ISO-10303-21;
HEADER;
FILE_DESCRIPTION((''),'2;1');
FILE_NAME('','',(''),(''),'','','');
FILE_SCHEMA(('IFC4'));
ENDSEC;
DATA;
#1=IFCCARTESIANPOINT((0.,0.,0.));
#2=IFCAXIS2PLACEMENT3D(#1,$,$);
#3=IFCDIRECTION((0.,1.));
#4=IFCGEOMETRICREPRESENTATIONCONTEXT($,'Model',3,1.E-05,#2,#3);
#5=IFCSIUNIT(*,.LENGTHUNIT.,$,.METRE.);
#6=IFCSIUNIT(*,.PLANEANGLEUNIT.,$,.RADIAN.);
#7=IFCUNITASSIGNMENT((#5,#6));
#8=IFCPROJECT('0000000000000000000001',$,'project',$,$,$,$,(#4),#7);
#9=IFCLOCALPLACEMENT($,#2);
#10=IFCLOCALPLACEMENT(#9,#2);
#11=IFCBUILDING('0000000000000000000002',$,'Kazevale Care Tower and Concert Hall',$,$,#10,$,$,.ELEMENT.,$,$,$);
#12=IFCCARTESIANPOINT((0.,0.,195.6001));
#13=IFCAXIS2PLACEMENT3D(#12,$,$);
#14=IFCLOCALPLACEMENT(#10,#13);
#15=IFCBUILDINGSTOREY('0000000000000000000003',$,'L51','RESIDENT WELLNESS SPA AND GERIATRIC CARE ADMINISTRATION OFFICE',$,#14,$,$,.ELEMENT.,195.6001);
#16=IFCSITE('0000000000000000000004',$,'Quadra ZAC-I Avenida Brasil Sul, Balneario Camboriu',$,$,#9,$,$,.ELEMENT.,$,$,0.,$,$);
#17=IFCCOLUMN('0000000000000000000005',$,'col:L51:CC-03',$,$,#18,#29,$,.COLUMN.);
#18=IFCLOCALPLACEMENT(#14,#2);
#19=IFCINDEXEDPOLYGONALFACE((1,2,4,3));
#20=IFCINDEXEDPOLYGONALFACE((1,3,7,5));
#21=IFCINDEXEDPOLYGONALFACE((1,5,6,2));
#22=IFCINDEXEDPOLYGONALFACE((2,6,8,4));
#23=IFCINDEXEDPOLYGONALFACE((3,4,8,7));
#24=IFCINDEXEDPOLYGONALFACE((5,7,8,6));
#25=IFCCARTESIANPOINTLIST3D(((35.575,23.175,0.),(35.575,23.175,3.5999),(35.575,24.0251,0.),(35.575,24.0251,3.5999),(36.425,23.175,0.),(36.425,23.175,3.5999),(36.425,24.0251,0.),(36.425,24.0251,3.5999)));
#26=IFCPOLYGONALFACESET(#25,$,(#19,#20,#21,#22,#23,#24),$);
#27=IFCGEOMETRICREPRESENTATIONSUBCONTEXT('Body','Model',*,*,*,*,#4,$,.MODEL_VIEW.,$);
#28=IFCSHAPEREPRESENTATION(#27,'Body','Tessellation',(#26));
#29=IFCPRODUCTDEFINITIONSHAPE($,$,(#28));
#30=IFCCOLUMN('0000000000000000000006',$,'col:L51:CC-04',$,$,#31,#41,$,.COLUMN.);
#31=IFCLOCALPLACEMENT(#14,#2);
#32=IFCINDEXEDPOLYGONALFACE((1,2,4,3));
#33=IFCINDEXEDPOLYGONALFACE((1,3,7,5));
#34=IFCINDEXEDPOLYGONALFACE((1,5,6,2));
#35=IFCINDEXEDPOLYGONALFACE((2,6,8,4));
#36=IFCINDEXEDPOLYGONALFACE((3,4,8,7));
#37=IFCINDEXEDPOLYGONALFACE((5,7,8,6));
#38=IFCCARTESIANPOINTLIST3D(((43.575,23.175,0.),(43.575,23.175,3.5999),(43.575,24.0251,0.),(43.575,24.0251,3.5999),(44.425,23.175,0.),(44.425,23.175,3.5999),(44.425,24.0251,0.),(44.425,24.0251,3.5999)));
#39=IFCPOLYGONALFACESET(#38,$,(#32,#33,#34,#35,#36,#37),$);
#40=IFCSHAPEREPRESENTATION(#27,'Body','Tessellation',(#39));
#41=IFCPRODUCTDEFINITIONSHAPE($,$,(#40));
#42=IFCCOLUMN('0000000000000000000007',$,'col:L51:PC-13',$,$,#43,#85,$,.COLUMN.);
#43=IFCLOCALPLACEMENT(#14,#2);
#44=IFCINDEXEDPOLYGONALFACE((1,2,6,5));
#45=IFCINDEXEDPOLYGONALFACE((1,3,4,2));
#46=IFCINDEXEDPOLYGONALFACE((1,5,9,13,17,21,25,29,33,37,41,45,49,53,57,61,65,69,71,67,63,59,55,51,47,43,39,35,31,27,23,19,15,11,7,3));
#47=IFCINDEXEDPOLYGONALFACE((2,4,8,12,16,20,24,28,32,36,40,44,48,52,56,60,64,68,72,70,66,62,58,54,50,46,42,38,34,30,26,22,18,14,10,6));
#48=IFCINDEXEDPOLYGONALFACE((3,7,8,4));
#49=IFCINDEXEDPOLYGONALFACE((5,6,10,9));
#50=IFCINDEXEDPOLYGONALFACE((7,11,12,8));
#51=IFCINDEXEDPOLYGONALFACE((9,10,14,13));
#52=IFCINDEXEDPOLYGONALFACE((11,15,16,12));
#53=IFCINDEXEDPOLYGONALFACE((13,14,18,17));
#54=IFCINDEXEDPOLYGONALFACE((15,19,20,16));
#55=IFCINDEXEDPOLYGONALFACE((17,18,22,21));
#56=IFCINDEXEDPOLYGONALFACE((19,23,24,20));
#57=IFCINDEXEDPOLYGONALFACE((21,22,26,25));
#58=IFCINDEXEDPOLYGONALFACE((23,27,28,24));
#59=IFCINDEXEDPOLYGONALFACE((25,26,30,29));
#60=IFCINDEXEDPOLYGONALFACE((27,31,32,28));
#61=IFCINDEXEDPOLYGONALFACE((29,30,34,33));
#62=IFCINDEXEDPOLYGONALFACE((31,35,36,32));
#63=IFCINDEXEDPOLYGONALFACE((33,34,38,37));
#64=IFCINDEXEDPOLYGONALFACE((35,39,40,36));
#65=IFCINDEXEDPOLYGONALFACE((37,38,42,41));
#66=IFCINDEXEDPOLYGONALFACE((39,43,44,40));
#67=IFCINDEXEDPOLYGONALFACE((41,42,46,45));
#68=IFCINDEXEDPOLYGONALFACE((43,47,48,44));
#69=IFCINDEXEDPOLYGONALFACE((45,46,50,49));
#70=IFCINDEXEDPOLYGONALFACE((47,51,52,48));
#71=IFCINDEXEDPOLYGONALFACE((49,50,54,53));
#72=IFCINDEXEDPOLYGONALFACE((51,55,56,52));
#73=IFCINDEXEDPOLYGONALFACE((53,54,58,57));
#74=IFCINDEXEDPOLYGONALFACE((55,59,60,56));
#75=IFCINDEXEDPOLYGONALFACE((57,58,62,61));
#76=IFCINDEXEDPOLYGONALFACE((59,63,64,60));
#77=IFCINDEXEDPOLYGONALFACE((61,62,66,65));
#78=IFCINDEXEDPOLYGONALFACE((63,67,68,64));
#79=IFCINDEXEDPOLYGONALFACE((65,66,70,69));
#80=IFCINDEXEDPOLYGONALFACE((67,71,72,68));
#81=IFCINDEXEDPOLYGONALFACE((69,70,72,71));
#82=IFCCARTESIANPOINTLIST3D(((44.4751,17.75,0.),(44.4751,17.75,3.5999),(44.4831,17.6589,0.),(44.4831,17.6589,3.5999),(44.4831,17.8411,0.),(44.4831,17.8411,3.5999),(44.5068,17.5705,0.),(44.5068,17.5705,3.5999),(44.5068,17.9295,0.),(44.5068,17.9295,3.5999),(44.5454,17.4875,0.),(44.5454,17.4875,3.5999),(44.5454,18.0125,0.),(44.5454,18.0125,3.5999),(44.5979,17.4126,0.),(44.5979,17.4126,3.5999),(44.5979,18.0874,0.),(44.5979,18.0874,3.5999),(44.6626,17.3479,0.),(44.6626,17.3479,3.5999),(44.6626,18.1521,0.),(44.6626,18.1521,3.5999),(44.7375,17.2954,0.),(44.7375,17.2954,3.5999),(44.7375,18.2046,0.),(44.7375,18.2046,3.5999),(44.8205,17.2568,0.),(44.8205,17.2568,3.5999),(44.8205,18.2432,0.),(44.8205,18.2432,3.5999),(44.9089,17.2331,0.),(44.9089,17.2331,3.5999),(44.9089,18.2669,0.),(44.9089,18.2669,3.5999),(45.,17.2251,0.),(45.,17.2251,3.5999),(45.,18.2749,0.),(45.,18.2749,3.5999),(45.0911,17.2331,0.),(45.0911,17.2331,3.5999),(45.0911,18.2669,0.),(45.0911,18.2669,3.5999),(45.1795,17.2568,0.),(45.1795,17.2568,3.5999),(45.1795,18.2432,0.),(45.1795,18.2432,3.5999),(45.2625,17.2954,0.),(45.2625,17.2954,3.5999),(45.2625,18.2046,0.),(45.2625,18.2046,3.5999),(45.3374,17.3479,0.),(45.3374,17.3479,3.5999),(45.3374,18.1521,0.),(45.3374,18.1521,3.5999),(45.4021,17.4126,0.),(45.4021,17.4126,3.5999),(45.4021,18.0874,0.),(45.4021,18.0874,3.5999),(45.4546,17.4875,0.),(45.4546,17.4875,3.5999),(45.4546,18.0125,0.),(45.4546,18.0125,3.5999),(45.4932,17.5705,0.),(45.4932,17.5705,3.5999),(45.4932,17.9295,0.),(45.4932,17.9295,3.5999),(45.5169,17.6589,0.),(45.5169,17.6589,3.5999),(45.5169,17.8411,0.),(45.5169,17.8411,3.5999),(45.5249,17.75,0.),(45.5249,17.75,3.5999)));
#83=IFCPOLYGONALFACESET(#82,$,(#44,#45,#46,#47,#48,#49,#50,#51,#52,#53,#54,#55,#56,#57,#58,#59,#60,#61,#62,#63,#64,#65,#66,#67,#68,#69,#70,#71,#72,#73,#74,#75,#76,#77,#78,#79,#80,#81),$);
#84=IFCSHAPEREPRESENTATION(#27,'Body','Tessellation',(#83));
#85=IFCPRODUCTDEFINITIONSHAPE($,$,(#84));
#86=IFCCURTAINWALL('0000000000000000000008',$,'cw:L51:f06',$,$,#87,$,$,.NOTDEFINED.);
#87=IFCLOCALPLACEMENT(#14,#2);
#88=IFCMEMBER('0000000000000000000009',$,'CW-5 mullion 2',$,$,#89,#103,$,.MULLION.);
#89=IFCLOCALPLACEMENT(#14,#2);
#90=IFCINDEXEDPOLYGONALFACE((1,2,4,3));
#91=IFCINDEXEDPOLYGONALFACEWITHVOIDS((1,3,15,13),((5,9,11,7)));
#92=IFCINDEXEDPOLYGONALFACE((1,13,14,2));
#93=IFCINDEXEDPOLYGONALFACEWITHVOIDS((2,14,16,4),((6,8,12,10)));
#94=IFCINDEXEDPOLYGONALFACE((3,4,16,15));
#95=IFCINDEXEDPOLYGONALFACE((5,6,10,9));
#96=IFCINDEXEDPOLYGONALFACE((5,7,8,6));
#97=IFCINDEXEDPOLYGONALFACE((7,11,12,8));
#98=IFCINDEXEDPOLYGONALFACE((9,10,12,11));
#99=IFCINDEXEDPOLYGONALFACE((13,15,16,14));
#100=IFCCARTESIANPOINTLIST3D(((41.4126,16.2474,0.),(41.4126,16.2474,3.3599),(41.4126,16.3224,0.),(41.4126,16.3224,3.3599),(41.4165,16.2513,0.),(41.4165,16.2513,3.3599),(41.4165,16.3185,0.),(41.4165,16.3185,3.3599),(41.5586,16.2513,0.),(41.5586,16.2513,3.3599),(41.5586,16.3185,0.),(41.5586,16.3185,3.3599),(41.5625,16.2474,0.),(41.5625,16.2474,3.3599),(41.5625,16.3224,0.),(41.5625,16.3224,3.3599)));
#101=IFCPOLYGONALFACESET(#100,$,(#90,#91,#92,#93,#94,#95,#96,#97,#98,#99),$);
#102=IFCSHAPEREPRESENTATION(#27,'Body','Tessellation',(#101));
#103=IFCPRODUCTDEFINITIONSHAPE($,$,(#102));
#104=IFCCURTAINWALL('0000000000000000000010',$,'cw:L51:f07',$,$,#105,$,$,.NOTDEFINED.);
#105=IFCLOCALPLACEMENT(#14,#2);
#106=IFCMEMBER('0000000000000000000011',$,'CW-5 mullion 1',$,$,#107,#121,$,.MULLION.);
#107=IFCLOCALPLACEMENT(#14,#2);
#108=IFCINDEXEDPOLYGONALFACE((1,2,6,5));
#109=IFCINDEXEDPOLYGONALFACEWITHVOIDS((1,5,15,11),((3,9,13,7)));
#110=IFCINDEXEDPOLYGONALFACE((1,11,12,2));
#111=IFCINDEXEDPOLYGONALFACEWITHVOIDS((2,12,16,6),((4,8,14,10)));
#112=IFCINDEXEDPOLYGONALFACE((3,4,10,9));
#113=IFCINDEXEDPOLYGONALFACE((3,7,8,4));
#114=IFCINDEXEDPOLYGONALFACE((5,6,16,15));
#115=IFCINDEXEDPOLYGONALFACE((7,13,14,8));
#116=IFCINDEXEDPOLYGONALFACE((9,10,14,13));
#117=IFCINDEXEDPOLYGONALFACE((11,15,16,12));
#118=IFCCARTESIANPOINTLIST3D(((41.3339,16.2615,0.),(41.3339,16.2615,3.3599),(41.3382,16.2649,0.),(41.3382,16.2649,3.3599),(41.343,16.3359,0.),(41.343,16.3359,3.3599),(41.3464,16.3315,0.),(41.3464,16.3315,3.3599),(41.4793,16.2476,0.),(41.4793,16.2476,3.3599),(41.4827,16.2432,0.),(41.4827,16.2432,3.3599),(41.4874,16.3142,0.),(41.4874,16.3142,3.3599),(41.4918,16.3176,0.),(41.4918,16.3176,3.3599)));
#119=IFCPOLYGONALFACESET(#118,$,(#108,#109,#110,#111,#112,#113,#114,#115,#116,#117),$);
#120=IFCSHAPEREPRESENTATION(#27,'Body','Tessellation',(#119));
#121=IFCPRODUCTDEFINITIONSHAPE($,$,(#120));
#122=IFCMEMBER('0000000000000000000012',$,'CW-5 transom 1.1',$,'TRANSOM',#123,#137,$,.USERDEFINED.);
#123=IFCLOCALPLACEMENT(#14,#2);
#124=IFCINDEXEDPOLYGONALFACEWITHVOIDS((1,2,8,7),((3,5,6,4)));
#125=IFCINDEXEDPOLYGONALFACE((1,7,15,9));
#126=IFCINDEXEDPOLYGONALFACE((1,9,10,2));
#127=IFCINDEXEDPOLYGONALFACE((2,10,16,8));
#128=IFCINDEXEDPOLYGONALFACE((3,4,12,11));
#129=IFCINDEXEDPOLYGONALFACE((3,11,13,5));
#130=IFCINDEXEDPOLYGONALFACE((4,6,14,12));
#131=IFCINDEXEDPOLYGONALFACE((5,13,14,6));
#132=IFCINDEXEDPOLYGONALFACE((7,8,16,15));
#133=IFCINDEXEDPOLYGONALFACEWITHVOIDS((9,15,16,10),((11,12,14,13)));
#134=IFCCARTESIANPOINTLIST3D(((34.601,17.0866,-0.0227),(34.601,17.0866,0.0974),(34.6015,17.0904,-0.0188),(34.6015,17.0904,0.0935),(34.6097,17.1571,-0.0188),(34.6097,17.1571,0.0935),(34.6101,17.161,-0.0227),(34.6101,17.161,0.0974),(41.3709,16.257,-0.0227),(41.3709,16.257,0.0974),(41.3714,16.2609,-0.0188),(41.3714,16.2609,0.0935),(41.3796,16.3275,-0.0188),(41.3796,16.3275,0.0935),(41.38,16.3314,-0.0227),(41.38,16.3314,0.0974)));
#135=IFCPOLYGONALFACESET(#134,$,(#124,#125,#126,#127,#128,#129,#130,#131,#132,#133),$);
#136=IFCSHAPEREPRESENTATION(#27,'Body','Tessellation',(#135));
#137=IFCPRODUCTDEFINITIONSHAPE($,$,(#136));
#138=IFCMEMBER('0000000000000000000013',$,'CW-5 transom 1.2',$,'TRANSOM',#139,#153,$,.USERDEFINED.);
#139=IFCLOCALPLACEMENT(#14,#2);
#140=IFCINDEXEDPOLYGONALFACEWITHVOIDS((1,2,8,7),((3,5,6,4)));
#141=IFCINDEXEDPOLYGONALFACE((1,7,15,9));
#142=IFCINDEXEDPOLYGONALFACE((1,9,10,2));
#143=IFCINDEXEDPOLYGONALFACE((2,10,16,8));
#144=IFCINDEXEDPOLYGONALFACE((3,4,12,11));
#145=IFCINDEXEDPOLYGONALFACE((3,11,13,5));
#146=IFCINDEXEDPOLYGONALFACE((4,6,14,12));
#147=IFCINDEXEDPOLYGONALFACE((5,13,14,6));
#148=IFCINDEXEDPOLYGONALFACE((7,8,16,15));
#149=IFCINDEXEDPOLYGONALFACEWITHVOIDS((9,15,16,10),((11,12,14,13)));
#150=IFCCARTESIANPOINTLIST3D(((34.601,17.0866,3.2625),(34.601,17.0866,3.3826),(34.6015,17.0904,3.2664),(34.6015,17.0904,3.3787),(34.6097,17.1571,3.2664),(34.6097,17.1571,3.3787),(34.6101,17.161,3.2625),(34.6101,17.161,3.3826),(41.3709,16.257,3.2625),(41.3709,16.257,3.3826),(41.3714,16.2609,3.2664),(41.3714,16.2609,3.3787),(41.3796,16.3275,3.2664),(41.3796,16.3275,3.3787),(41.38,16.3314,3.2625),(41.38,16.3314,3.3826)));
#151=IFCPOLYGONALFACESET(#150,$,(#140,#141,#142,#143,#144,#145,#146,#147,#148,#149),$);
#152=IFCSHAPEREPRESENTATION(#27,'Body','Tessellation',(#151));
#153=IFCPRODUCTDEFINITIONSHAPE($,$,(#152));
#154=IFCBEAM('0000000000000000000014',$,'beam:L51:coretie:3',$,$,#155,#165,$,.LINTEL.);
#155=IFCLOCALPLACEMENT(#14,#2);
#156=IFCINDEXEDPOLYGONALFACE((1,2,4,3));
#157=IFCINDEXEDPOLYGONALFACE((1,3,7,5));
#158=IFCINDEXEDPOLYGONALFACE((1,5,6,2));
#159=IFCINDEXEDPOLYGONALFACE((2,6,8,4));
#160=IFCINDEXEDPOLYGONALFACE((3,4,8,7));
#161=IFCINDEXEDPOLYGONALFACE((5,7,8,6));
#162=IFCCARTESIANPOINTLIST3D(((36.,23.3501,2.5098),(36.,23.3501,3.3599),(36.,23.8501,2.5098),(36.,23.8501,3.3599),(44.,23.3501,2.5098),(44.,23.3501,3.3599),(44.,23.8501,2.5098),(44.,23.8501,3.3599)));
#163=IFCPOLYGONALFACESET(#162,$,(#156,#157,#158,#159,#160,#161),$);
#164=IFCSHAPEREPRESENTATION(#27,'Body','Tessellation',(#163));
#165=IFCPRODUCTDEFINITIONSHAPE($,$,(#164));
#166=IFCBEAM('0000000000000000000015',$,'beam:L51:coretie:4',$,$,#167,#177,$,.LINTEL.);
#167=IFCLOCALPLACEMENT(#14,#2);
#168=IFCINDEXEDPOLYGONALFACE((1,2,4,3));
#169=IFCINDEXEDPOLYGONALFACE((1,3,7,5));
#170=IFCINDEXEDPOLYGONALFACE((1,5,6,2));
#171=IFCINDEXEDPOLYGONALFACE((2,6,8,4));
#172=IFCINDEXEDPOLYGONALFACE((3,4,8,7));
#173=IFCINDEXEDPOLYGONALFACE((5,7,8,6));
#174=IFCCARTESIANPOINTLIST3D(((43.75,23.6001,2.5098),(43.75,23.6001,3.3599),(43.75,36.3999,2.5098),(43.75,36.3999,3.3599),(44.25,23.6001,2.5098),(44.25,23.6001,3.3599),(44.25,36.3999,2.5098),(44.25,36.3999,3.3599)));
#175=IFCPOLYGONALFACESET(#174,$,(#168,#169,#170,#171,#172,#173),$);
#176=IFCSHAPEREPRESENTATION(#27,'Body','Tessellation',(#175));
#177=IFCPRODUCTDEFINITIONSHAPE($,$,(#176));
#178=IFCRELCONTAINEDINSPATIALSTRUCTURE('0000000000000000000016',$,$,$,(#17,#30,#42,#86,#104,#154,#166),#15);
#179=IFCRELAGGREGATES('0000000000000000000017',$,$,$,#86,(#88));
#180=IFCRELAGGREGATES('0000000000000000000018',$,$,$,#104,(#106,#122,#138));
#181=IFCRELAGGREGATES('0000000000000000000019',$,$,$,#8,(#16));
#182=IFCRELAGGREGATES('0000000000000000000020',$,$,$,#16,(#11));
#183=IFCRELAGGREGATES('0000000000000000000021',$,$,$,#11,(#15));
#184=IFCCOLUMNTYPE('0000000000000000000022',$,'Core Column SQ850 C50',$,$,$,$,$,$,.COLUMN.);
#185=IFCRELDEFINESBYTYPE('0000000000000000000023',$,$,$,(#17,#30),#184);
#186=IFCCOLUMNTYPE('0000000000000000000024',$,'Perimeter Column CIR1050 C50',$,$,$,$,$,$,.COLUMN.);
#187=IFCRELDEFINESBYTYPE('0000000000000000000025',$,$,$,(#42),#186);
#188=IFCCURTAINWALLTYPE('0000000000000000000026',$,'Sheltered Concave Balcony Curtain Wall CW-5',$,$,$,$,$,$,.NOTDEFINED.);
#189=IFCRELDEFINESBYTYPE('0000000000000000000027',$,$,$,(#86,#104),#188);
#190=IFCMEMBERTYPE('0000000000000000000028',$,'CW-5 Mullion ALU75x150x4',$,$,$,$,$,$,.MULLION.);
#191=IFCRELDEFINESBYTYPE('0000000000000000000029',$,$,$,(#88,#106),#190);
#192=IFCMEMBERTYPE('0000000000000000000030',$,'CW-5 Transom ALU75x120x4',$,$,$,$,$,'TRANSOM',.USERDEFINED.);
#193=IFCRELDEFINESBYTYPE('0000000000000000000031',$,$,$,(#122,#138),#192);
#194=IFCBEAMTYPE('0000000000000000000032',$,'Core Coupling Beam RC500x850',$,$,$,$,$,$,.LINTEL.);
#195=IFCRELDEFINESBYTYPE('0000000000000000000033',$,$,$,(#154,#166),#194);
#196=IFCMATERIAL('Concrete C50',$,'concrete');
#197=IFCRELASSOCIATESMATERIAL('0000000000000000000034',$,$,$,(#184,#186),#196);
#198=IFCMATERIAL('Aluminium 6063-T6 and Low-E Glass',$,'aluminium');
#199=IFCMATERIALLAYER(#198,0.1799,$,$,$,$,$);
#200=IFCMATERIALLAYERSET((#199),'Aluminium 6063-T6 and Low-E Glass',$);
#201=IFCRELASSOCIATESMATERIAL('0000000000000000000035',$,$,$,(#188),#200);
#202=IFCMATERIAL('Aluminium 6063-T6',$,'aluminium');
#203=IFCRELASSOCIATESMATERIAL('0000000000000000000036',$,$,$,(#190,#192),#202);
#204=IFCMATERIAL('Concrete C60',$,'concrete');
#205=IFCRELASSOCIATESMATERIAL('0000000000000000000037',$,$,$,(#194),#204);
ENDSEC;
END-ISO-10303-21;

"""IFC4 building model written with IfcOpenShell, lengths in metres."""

from ifc_helpers import new_model, si_unit, direction, frame, origin, origin_2d, place, context, subcontext, project, spatial, rectangle, hollow_rectangle, circle, extrude, material, layer, layer_set, material_profile, profile_set, type_object, element, aggregate, save


model = new_model("IFC4")

# Units and contexts
model_context = context("Model", 3, precision=1e-05, world=origin(), true_north=direction((0.0, 1.0)))
body_context = subcontext(model_context, "Body", "Model", "MODEL_VIEW")
ifc_project = project(units=[si_unit("LENGTHUNIT", "METRE"), si_unit("PLANEANGLEUNIT", "RADIAN")], contexts=[model_context])

# Site, building, storey
site_placement = place(None, origin())
site = spatial("IfcSite", under=ifc_project, at=site_placement, Name="Quadra ZAC-I Avenida Brasil Sul, Balneario Camboriu", CompositionType="ELEMENT", RefElevation=0.0)
building_placement = place(site_placement, origin())
building = spatial("IfcBuilding", under=site, at=building_placement, Name="Kazevale Care Tower and Concert Hall", CompositionType="ELEMENT")
storey_placement = place(building_placement, frame((0.0, 0.0, 195.6001)))
storey = spatial("IfcBuildingStorey", under=building, at=storey_placement, Name="L51", Description="RESIDENT WELLNESS SPA AND GERIATRIC CARE ADMINISTRATION OFFICE", CompositionType="ELEMENT", Elevation=195.6001)

# Columns
ifc_material_1 = material(Name="Concrete C50", Category="concrete")
ifc_material_profile_1 = material_profile(ifc_material_1, rectangle(XDim=0.8501, YDim=0.8501, at=origin_2d()), Name="RC-SQ850")
ifc_profile_set_1 = profile_set([ifc_material_profile_1], Name="Concrete C50")
column_type_1 = type_object("IfcColumnType", Name="Core Column SQ850 C50", PredefinedType="COLUMN", material=ifc_profile_set_1)
for number, where, z_axis, x_axis, name in (
    (1, (36.0, 23.6001, 0.0), (0.0, 0.0, 1.0), (1.0, 0.0, 0.0), "col:L51:CC-03"),
    (2, (44.0, 23.6001, 0.0), (0.0, 0.0, 1.0), (1.0, 0.0, 0.0), "col:L51:CC-04"),
):
    element("IfcColumn", number, at=place(storey_placement, frame(where, z_axis=z_axis, x_axis=x_axis)), inside=storey, type_object=column_type_1, Name=name, PredefinedType="COLUMN", context=body_context, shape_type="SweptSolid", body=[
        extrude(rectangle(XDim=0.8501, YDim=0.8501, at=origin_2d()), origin(), (0.0, 0.0, 1.0), 3.5999),
    ])
ifc_material_profile_2 = material_profile(ifc_material_1, circle(Radius=0.5249, at=origin_2d()), Name="RC-CIR1050")
ifc_profile_set_2 = profile_set([ifc_material_profile_2], Name="Concrete C50")
column_type_2 = type_object("IfcColumnType", Name="Perimeter Column CIR1050 C50", PredefinedType="COLUMN", material=ifc_profile_set_2)
column_placement = place(storey_placement, frame((45.0, 17.75, 0.0), z_axis=(0.0, 0.0, 1.0), x_axis=(1.0, 0.0, 0.0)))
element("IfcColumn", 3, at=column_placement, inside=storey, type_object=column_type_2, Name="col:L51:PC-13", PredefinedType="COLUMN", context=body_context, shape_type="SweptSolid", body=[
    extrude(circle(Radius=0.5249, at=origin_2d()), origin(), (0.0, 0.0, 1.0), 3.5999),
])

# Curtain wall, member
ifc_material_2 = material(Name="Aluminium 6063-T6 and Low-E Glass", Category="aluminium")
ifc_layer_1 = layer(ifc_material_2, 0.1799)
ifc_layer_set_1 = layer_set([ifc_layer_1], Name="Aluminium 6063-T6 and Low-E Glass")
curtain_wall_type = type_object("IfcCurtainWallType", Name="Sheltered Concave Balcony Curtain Wall CW-5", PredefinedType="NOTDEFINED", material=ifc_layer_set_1)
curtain_wall_1_placement = place(storey_placement, origin())
curtain_wall_1 = element("IfcCurtainWall", 4, at=curtain_wall_1_placement, inside=storey, type_object=curtain_wall_type, Name="cw:L51:f06", PredefinedType="NOTDEFINED")
ifc_material_3 = material(Name="Aluminium 6063-T6", Category="aluminium")
ifc_material_profile_3 = material_profile(ifc_material_3, hollow_rectangle(XDim=0.075, YDim=0.1499, WallThickness=0.0039, at=origin_2d()), Name="ALU75x150x4")
ifc_profile_set_3 = profile_set([ifc_material_profile_3], Name="Aluminium 6063-T6")
member_type_1 = type_object("IfcMemberType", Name="CW-5 Mullion ALU75x150x4", PredefinedType="MULLION", material=ifc_profile_set_3)
member_1_placement = place(storey_placement, frame((41.4875, 16.2849, 0.0), z_axis=(0.0, 0.0, 1.0), x_axis=(0.0, -1.0, 0.0)))
member_1 = element("IfcMember", 5, at=member_1_placement, type_object=member_type_1, Name="CW-5 mullion 2", PredefinedType="MULLION", context=body_context, shape_type="SweptSolid", body=[
    extrude(hollow_rectangle(XDim=0.075, YDim=0.1499, WallThickness=0.0039, at=origin_2d()), origin(), (0.0, 0.0, 1.0), 3.3599),
])

# Curtain wall, members
curtain_wall_2_placement = place(storey_placement, origin())
curtain_wall_2 = element("IfcCurtainWall", 6, at=curtain_wall_2_placement, inside=storey, type_object=curtain_wall_type, Name="cw:L51:f07", PredefinedType="NOTDEFINED")
member_2_placement = place(storey_placement, frame((41.4128, 16.2896, 0.0), z_axis=(0.0, 0.0, 1.0), x_axis=(-0.121651, -0.992573, 0.0)))
member_2 = element("IfcMember", 7, at=member_2_placement, type_object=member_type_1, Name="CW-5 mullion 1", PredefinedType="MULLION", context=body_context, shape_type="SweptSolid", body=[
    extrude(hollow_rectangle(XDim=0.075, YDim=0.1499, WallThickness=0.0039, at=origin_2d()), origin(), (0.0, 0.0, 1.0), 3.3599),
])
ifc_material_profile_4 = material_profile(ifc_material_3, hollow_rectangle(XDim=0.075, YDim=0.1201, WallThickness=0.0039, at=origin_2d()), Name="ALU75x120x4")
ifc_profile_set_4 = profile_set([ifc_material_profile_4], Name="Aluminium 6063-T6")
member_type_2 = type_object("IfcMemberType", Name="CW-5 Transom ALU75x120x4", ElementType="TRANSOM", PredefinedType="USERDEFINED", material=ifc_profile_set_4)
member_3_placement = place(storey_placement, frame((41.3755, 16.2942, 0.0374), z_axis=(-0.992576, 0.121629, 0.0), x_axis=(-0.121629, -0.992576, 0.0)))
member_3 = element("IfcMember", 8, at=member_3_placement, type_object=member_type_2, Name="CW-5 transom 1.1", ObjectType="TRANSOM", PredefinedType="USERDEFINED", context=body_context, shape_type="SweptSolid", body=[
    extrude(hollow_rectangle(XDim=0.075, YDim=0.1201, WallThickness=0.0039, at=origin_2d()), origin(), (0.0, 0.0, 1.0), 6.8206),
])
member_4_placement = place(storey_placement, frame((41.3755, 16.2942, 3.3225), z_axis=(-0.992576, 0.121629, 0.0), x_axis=(-0.121629, -0.992576, 0.0)))
member_4 = element("IfcMember", 9, at=member_4_placement, type_object=member_type_2, Name="CW-5 transom 1.2", ObjectType="TRANSOM", PredefinedType="USERDEFINED", context=body_context, shape_type="SweptSolid", body=[
    extrude(hollow_rectangle(XDim=0.075, YDim=0.1201, WallThickness=0.0039, at=origin_2d()), origin(), (0.0, 0.0, 1.0), 6.8206),
])

# Beams
ifc_material_4 = material(Name="Concrete C60", Category="concrete")
ifc_material_profile_5 = material_profile(ifc_material_4, rectangle(XDim=0.5, YDim=0.8501, at=origin_2d()), Name="RC-B500x850")
ifc_profile_set_5 = profile_set([ifc_material_profile_5], Name="Concrete C60")
beam_type_1 = type_object("IfcBeamType", Name="Core Coupling Beam RC500x850", PredefinedType="LINTEL", material=ifc_profile_set_5)
beam_1_placement = place(storey_placement, frame((36.0, 23.6001, 2.9348), z_axis=(1.0, 0.0, 0.0), x_axis=(0.0, 1.0, 0.0)))
element("IfcBeam", 10, at=beam_1_placement, inside=storey, type_object=beam_type_1, Name="beam:L51:coretie:3", PredefinedType="LINTEL", context=body_context, shape_type="SweptSolid", body=[
    extrude(rectangle(XDim=0.5, YDim=0.8501, at=origin_2d()), origin(), (0.0, 0.0, 1.0), 8.0),
])
beam_2_placement = place(storey_placement, frame((44.0, 23.6001, 2.9348), z_axis=(0.0, 1.0, 0.0), x_axis=(-1.0, 0.0, 0.0)))
element("IfcBeam", 11, at=beam_2_placement, inside=storey, type_object=beam_type_1, Name="beam:L51:coretie:4", PredefinedType="LINTEL", context=body_context, shape_type="SweptSolid", body=[
    extrude(rectangle(XDim=0.5, YDim=0.8501, at=origin_2d()), origin(), (0.0, 0.0, 1.0), 12.7998),
])

aggregate(curtain_wall_1, [member_1])
aggregate(curtain_wall_2, [member_2, member_3, member_4])

save(model, "model.ifc")
